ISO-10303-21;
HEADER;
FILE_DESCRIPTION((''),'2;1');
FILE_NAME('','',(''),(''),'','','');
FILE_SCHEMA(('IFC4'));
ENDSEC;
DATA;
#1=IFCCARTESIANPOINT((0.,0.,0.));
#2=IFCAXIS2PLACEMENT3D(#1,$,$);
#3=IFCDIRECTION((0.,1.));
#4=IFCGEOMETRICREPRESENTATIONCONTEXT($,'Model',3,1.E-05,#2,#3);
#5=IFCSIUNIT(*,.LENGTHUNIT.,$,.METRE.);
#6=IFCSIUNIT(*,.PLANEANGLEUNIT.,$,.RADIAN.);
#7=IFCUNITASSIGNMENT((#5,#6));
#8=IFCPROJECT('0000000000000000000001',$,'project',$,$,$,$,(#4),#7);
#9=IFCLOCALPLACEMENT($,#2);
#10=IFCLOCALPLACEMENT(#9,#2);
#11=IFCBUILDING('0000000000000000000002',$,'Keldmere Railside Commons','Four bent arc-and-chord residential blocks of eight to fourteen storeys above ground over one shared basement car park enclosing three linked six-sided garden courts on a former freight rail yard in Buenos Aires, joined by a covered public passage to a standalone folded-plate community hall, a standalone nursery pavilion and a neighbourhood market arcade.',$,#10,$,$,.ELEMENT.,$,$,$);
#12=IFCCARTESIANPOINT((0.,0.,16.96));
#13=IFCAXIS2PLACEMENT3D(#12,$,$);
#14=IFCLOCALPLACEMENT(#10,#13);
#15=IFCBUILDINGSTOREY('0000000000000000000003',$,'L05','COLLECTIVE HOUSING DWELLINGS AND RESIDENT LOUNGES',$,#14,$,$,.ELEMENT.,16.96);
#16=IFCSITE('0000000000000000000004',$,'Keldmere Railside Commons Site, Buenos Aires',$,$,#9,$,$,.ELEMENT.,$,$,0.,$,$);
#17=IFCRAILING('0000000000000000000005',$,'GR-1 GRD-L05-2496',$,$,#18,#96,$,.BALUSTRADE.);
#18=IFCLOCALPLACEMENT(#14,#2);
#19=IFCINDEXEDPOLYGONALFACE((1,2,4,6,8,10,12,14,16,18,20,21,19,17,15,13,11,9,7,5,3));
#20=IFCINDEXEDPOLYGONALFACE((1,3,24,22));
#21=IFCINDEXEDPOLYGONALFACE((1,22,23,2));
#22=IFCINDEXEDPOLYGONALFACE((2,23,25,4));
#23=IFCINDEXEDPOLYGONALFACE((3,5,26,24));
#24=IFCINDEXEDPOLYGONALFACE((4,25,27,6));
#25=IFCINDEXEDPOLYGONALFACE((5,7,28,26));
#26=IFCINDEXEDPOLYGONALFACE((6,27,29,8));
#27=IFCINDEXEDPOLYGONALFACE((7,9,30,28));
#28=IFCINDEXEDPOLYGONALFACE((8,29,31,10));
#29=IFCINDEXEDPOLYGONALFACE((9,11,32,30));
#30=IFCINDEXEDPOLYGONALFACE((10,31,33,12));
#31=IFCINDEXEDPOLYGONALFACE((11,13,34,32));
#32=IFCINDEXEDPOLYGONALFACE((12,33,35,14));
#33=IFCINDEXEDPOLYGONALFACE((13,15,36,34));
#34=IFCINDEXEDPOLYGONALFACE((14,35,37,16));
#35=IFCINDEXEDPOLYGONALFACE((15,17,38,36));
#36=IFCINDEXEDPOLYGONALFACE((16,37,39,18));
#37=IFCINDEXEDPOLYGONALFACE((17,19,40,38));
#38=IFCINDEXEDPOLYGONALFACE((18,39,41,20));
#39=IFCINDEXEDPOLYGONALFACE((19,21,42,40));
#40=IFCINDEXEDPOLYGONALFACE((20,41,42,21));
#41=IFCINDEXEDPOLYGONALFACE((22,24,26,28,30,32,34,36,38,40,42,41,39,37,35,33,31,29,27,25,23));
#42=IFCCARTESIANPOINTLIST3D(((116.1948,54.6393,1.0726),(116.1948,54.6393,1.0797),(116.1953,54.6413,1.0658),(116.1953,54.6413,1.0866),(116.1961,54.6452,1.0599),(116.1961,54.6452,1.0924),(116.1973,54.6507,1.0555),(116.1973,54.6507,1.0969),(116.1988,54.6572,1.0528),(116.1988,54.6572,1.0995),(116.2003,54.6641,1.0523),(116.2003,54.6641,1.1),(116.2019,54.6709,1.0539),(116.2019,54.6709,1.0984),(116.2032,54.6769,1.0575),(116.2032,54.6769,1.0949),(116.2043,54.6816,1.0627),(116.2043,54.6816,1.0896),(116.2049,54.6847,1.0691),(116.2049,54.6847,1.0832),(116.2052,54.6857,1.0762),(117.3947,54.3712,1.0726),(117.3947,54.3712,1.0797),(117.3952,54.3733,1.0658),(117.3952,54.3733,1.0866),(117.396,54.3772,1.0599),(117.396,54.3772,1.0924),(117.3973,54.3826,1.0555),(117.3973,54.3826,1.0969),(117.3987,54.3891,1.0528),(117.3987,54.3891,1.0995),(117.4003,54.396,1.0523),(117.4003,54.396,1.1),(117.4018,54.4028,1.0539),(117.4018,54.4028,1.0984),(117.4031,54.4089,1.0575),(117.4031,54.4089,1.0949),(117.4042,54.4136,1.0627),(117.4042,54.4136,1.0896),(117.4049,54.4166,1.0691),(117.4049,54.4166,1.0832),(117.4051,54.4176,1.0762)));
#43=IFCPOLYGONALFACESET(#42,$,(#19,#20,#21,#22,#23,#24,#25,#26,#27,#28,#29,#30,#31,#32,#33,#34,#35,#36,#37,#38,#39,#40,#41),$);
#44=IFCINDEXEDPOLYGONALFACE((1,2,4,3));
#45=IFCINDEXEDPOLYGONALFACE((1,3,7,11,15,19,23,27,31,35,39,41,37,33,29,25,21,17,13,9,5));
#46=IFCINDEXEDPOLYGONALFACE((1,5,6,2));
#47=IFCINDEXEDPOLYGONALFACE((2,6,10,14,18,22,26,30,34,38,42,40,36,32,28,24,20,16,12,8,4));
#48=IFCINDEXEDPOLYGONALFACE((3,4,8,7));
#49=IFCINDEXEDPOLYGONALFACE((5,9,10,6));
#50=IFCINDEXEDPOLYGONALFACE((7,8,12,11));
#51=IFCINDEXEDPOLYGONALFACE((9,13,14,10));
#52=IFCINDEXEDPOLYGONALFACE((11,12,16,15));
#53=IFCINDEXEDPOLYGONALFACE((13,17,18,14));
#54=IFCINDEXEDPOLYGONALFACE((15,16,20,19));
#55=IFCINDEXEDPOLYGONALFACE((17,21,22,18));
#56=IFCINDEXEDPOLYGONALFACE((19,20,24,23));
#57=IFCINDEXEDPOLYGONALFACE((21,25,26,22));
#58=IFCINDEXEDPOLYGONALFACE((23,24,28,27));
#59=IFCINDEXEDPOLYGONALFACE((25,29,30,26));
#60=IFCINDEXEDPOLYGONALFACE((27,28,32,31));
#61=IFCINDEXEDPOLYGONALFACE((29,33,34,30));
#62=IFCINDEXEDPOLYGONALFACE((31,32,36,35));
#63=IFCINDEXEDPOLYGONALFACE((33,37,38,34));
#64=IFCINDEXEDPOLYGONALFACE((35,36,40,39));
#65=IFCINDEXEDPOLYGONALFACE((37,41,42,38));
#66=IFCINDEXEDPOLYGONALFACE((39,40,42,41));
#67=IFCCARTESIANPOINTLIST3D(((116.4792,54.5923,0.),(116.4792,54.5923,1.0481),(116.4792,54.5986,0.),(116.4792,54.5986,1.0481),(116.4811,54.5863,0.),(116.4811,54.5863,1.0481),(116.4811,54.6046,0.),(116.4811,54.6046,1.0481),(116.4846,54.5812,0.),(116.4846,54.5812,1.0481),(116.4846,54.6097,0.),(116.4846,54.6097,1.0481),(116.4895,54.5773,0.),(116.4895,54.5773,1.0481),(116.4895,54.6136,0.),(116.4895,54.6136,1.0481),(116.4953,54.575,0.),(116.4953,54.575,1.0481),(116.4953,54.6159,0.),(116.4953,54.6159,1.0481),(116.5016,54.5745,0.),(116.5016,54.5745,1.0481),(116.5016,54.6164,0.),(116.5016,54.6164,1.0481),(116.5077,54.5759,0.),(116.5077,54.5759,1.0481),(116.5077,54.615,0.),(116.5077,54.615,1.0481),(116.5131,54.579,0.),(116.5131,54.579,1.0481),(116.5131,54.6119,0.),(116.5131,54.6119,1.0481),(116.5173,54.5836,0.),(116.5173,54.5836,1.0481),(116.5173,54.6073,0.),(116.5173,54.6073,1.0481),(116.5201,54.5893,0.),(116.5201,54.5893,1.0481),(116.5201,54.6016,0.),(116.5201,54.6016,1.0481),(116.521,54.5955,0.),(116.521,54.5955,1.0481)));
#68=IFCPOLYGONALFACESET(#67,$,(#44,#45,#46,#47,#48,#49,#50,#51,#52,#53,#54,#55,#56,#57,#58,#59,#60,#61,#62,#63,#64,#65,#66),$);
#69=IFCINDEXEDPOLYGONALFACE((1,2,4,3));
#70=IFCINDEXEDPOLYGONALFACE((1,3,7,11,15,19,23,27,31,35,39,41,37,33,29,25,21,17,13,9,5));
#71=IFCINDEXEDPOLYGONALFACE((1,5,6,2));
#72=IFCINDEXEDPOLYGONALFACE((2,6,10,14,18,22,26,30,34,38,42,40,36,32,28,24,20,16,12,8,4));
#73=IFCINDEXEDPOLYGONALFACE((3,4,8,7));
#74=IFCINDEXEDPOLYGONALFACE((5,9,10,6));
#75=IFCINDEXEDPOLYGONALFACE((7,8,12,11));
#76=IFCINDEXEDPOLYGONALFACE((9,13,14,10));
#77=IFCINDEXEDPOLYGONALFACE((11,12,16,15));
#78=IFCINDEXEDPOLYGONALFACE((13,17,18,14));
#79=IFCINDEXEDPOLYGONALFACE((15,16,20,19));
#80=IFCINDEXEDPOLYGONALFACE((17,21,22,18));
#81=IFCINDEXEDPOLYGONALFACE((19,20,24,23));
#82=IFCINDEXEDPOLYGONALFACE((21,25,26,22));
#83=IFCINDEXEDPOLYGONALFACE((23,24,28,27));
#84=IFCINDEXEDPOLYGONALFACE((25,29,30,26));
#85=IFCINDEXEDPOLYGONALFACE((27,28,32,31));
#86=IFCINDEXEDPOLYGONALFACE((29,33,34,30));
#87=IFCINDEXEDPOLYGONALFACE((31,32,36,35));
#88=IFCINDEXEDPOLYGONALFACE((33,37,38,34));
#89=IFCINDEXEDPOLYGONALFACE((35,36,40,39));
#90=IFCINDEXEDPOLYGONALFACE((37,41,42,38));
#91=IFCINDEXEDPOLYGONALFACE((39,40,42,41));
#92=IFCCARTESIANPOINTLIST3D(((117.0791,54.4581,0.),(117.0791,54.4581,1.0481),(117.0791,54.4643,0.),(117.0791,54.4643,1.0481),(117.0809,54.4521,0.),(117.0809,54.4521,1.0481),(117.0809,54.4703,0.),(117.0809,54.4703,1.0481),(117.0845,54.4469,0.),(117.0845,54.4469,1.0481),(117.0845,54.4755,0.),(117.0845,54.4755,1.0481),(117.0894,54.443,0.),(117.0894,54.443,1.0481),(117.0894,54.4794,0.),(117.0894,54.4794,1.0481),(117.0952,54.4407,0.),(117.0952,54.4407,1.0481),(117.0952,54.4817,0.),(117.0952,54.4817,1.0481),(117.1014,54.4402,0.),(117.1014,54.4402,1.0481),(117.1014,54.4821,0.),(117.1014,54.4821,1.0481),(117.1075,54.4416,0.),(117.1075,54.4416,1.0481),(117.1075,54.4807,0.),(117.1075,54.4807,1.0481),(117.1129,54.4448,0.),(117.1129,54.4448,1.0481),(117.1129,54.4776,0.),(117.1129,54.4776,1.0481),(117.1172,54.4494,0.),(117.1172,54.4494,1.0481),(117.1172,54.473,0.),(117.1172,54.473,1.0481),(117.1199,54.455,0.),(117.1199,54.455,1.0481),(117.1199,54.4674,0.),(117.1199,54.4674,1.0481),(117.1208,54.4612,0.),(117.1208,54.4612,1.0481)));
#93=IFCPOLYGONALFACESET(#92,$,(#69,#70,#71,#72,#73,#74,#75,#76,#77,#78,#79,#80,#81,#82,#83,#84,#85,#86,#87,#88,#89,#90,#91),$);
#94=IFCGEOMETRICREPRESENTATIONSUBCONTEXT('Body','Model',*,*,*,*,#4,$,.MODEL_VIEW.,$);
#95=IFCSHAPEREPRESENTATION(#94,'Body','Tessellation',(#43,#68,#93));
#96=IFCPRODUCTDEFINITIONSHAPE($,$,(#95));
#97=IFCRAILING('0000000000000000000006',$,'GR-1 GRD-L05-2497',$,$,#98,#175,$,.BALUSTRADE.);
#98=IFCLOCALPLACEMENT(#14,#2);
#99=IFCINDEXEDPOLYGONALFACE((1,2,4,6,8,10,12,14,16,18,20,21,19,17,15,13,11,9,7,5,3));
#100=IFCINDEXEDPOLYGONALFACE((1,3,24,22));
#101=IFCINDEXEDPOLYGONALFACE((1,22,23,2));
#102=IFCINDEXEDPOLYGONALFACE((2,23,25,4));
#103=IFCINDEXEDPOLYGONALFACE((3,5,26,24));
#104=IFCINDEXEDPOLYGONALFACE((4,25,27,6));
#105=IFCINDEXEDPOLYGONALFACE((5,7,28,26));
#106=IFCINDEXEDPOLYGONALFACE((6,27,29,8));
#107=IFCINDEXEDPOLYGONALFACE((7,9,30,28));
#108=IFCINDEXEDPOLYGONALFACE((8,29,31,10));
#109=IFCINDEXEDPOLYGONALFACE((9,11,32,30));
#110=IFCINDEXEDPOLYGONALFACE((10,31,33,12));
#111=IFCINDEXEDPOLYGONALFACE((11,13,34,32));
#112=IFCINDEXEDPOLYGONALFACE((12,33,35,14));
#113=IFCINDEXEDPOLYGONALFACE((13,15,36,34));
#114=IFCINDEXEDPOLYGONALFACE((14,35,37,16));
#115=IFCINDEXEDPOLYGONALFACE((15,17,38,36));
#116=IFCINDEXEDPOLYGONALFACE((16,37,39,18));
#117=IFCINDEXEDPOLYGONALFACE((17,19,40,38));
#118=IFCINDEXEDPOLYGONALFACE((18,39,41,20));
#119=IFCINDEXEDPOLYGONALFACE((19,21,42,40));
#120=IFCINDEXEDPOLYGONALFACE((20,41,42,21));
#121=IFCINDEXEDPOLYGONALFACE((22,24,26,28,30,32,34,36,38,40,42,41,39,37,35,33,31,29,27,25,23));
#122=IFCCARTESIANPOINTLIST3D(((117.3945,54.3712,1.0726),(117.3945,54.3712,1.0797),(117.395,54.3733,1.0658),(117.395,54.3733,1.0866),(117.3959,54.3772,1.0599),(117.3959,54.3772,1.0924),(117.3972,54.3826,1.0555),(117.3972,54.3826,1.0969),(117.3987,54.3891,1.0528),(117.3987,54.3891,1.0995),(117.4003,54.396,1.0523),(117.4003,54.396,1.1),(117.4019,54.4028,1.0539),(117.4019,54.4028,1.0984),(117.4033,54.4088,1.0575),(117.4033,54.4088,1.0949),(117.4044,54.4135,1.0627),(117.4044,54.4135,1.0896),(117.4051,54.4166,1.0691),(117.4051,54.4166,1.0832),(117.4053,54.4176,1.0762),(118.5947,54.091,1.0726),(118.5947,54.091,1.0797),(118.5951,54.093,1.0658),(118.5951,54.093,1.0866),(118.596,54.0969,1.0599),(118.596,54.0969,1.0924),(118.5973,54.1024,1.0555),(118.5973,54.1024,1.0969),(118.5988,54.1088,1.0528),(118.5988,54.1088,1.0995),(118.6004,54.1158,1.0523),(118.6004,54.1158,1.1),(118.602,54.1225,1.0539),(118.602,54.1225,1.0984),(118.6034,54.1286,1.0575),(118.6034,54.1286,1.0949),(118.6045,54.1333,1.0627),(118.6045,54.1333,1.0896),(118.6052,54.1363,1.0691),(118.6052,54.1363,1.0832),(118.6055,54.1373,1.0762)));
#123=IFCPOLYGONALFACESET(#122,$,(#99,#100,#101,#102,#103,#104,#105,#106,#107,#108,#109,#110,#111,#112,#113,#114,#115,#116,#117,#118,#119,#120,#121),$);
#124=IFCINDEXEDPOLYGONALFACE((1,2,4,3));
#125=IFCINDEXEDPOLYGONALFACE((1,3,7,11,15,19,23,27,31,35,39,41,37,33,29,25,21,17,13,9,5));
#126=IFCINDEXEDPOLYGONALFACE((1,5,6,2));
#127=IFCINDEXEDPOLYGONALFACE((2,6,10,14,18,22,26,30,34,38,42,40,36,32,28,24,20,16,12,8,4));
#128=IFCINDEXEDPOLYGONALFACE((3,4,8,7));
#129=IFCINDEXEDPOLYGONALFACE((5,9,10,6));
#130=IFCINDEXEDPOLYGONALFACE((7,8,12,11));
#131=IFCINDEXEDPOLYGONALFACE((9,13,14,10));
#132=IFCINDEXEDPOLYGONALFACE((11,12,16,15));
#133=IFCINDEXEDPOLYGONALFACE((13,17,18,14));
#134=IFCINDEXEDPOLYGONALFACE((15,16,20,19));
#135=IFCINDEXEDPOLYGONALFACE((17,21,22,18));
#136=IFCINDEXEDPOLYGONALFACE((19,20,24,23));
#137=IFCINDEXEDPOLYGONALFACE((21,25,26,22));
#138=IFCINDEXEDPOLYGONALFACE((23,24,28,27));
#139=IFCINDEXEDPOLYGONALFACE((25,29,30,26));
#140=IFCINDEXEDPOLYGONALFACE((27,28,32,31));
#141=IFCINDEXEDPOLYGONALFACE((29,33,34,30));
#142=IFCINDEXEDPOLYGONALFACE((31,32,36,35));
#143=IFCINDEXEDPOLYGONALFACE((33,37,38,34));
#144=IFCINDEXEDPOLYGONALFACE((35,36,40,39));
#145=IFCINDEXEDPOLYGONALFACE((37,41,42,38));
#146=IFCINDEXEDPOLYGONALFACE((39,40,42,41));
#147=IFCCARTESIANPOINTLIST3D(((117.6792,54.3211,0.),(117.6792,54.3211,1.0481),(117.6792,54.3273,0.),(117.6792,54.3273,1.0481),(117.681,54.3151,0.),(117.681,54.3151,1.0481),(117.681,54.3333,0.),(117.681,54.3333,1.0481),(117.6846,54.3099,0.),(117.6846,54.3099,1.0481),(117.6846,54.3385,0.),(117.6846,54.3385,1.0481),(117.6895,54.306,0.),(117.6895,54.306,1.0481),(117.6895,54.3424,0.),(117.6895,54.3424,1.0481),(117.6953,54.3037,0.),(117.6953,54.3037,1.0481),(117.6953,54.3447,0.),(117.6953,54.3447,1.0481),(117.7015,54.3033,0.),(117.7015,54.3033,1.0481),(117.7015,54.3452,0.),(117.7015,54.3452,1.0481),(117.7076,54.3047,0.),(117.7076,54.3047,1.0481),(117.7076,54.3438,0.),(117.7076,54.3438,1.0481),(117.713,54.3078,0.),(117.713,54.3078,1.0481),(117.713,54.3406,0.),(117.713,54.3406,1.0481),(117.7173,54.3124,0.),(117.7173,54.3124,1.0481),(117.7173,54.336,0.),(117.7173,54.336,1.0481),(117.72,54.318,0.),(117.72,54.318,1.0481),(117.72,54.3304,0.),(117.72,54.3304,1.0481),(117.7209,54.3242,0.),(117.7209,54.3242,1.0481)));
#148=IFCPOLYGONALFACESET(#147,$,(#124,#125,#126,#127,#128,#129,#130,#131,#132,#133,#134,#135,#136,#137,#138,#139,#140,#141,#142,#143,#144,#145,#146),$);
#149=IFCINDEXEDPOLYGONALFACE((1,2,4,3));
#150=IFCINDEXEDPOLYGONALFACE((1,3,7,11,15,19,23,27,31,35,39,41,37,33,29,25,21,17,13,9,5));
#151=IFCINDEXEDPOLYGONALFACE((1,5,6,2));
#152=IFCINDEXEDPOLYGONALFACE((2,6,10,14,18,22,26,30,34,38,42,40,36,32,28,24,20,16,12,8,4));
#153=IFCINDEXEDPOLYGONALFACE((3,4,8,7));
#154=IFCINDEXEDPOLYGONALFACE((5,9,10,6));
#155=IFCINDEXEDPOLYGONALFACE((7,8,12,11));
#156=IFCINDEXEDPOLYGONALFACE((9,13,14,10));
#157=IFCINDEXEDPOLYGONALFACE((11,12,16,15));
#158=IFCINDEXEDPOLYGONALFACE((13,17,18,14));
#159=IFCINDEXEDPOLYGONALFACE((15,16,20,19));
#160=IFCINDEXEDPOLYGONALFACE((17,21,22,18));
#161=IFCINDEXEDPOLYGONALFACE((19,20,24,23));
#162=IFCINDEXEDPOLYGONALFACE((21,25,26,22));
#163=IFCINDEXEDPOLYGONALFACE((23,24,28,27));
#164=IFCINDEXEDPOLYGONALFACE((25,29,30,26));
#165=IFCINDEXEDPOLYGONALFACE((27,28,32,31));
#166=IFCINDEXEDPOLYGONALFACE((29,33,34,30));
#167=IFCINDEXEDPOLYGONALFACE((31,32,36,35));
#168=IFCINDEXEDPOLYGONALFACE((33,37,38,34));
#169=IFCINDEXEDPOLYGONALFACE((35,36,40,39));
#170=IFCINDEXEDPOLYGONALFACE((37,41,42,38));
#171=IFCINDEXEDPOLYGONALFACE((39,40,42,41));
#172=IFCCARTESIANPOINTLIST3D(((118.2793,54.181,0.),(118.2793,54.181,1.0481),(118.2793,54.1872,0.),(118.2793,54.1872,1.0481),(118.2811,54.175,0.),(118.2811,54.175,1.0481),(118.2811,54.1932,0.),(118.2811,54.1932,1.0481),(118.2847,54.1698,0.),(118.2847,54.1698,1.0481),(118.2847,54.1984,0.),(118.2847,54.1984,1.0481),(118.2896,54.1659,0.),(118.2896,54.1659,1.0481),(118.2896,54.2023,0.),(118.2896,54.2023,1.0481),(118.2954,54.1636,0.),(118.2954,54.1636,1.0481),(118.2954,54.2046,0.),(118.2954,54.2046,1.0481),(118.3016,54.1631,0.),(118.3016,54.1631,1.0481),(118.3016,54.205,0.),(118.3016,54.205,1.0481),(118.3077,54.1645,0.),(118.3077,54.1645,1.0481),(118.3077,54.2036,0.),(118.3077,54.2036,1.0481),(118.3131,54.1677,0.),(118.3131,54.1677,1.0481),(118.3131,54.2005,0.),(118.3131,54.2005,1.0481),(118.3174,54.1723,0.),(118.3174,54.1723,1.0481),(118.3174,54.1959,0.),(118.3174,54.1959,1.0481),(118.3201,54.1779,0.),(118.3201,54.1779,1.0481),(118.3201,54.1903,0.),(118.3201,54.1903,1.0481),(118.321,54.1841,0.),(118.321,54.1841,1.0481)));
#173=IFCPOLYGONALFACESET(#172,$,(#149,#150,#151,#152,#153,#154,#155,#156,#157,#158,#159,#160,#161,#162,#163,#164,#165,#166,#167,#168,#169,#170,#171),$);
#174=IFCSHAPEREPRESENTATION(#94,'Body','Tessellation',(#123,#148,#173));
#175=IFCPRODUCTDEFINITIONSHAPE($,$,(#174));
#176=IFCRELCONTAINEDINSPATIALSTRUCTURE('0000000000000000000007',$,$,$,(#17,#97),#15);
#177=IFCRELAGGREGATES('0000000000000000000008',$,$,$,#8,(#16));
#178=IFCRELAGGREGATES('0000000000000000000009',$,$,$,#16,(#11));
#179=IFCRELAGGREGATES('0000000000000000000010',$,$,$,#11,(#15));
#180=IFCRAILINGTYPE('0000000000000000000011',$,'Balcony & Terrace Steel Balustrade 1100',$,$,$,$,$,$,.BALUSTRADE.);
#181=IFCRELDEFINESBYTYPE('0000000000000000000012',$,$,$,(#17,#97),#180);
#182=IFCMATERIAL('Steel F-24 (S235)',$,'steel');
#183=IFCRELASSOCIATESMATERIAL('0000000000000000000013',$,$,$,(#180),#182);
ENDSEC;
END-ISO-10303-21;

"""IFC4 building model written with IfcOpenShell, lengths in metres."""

from ifc_helpers import new_model, si_unit, direction, frame, origin, origin_2d, place, context, subcontext, project, spatial, circle, extrude, material, type_object, element, save


model = new_model("IFC4")

# Units and contexts
model_context = context("Model", 3, precision=1e-05, world=origin(), true_north=direction((0.0, 1.0)))
body_context = subcontext(model_context, "Body", "Model", "MODEL_VIEW")
ifc_project = project(units=[si_unit("LENGTHUNIT", "METRE"), si_unit("PLANEANGLEUNIT", "RADIAN")], contexts=[model_context])

# Site, building, storey
site_placement = place(None, origin())
site = spatial("IfcSite", under=ifc_project, at=site_placement, Name="Keldmere Railside Commons Site, Buenos Aires", CompositionType="ELEMENT", RefElevation=0.0)
building_placement = place(site_placement, origin())
building = spatial("IfcBuilding", under=site, at=building_placement, Name="Keldmere Railside Commons", Description="Four bent arc-and-chord residential blocks of eight to fourteen storeys above ground over one shared basement car park enclosing three linked six-sided garden courts on a former freight rail yard in Buenos Aires, joined by a covered public passage to a standalone folded-plate community hall, a standalone nursery pavilion and a neighbourhood market arcade.", CompositionType="ELEMENT")
storey_placement = place(building_placement, frame((0.0, 0.0, 16.96)))
storey = spatial("IfcBuildingStorey", under=building, at=storey_placement, Name="L05", Description="COLLECTIVE HOUSING DWELLINGS AND RESIDENT LOUNGES", CompositionType="ELEMENT", Elevation=16.96)

# Shared definitions
ifc_material_1 = material(Name="Steel F-24 (S235)", Category="steel")

# Railings
railing_type = type_object("IfcRailingType", Name="Balcony & Terrace Steel Balustrade 1100", PredefinedType="BALUSTRADE", material=ifc_material_1)
railing_1_placement = place(storey_placement, frame((116.2, 54.6624, 0.0)))
element("IfcRailing", 1, at=railing_1_placement, inside=storey, type_object=railing_type, Name="GR-1 GRD-L05-2496", PredefinedType="BALUSTRADE", context=body_context, shape_type="SweptSolid", body=[
    extrude(circle(Radius=0.0239, at=origin_2d()), frame((0.0, 0.0, 1.0762), z_axis=(0.975943, -0.218024, 0.0), x_axis=(0.218024, 0.975943, 0.0)), (0.0, 0.0, 1.0), 1.2295),
    extrude(circle(Radius=0.021, at=origin_2d()), frame((0.3, -0.0669, 0.0)), (0.0, 0.0, 1.0), 1.0481),
    extrude(circle(Radius=0.021, at=origin_2d()), frame((0.8999, -0.2012, 0.0)), (0.0, 0.0, 1.0), 1.0481),
])
railing_2_placement = place(storey_placement, frame((117.3999, 54.3943, 0.0)))
element("IfcRailing", 2, at=railing_2_placement, inside=storey, type_object=railing_type, Name="GR-1 GRD-L05-2497", PredefinedType="BALUSTRADE", context=body_context, shape_type="SweptSolid", body=[
    extrude(circle(Radius=0.0239, at=origin_2d()), frame((0.0, 0.0, 1.0762), z_axis=(0.9738, -0.227405, 0.0), x_axis=(0.227405, 0.9738, 0.0)), (0.0, 0.0, 1.0), 1.2324),
    extrude(circle(Radius=0.021, at=origin_2d()), frame((0.3, -0.0701, 0.0)), (0.0, 0.0, 1.0), 1.0481),
    extrude(circle(Radius=0.021, at=origin_2d()), frame((0.9001, -0.2102, 0.0)), (0.0, 0.0, 1.0), 1.0481),
])

save(model, "model.ifc")
